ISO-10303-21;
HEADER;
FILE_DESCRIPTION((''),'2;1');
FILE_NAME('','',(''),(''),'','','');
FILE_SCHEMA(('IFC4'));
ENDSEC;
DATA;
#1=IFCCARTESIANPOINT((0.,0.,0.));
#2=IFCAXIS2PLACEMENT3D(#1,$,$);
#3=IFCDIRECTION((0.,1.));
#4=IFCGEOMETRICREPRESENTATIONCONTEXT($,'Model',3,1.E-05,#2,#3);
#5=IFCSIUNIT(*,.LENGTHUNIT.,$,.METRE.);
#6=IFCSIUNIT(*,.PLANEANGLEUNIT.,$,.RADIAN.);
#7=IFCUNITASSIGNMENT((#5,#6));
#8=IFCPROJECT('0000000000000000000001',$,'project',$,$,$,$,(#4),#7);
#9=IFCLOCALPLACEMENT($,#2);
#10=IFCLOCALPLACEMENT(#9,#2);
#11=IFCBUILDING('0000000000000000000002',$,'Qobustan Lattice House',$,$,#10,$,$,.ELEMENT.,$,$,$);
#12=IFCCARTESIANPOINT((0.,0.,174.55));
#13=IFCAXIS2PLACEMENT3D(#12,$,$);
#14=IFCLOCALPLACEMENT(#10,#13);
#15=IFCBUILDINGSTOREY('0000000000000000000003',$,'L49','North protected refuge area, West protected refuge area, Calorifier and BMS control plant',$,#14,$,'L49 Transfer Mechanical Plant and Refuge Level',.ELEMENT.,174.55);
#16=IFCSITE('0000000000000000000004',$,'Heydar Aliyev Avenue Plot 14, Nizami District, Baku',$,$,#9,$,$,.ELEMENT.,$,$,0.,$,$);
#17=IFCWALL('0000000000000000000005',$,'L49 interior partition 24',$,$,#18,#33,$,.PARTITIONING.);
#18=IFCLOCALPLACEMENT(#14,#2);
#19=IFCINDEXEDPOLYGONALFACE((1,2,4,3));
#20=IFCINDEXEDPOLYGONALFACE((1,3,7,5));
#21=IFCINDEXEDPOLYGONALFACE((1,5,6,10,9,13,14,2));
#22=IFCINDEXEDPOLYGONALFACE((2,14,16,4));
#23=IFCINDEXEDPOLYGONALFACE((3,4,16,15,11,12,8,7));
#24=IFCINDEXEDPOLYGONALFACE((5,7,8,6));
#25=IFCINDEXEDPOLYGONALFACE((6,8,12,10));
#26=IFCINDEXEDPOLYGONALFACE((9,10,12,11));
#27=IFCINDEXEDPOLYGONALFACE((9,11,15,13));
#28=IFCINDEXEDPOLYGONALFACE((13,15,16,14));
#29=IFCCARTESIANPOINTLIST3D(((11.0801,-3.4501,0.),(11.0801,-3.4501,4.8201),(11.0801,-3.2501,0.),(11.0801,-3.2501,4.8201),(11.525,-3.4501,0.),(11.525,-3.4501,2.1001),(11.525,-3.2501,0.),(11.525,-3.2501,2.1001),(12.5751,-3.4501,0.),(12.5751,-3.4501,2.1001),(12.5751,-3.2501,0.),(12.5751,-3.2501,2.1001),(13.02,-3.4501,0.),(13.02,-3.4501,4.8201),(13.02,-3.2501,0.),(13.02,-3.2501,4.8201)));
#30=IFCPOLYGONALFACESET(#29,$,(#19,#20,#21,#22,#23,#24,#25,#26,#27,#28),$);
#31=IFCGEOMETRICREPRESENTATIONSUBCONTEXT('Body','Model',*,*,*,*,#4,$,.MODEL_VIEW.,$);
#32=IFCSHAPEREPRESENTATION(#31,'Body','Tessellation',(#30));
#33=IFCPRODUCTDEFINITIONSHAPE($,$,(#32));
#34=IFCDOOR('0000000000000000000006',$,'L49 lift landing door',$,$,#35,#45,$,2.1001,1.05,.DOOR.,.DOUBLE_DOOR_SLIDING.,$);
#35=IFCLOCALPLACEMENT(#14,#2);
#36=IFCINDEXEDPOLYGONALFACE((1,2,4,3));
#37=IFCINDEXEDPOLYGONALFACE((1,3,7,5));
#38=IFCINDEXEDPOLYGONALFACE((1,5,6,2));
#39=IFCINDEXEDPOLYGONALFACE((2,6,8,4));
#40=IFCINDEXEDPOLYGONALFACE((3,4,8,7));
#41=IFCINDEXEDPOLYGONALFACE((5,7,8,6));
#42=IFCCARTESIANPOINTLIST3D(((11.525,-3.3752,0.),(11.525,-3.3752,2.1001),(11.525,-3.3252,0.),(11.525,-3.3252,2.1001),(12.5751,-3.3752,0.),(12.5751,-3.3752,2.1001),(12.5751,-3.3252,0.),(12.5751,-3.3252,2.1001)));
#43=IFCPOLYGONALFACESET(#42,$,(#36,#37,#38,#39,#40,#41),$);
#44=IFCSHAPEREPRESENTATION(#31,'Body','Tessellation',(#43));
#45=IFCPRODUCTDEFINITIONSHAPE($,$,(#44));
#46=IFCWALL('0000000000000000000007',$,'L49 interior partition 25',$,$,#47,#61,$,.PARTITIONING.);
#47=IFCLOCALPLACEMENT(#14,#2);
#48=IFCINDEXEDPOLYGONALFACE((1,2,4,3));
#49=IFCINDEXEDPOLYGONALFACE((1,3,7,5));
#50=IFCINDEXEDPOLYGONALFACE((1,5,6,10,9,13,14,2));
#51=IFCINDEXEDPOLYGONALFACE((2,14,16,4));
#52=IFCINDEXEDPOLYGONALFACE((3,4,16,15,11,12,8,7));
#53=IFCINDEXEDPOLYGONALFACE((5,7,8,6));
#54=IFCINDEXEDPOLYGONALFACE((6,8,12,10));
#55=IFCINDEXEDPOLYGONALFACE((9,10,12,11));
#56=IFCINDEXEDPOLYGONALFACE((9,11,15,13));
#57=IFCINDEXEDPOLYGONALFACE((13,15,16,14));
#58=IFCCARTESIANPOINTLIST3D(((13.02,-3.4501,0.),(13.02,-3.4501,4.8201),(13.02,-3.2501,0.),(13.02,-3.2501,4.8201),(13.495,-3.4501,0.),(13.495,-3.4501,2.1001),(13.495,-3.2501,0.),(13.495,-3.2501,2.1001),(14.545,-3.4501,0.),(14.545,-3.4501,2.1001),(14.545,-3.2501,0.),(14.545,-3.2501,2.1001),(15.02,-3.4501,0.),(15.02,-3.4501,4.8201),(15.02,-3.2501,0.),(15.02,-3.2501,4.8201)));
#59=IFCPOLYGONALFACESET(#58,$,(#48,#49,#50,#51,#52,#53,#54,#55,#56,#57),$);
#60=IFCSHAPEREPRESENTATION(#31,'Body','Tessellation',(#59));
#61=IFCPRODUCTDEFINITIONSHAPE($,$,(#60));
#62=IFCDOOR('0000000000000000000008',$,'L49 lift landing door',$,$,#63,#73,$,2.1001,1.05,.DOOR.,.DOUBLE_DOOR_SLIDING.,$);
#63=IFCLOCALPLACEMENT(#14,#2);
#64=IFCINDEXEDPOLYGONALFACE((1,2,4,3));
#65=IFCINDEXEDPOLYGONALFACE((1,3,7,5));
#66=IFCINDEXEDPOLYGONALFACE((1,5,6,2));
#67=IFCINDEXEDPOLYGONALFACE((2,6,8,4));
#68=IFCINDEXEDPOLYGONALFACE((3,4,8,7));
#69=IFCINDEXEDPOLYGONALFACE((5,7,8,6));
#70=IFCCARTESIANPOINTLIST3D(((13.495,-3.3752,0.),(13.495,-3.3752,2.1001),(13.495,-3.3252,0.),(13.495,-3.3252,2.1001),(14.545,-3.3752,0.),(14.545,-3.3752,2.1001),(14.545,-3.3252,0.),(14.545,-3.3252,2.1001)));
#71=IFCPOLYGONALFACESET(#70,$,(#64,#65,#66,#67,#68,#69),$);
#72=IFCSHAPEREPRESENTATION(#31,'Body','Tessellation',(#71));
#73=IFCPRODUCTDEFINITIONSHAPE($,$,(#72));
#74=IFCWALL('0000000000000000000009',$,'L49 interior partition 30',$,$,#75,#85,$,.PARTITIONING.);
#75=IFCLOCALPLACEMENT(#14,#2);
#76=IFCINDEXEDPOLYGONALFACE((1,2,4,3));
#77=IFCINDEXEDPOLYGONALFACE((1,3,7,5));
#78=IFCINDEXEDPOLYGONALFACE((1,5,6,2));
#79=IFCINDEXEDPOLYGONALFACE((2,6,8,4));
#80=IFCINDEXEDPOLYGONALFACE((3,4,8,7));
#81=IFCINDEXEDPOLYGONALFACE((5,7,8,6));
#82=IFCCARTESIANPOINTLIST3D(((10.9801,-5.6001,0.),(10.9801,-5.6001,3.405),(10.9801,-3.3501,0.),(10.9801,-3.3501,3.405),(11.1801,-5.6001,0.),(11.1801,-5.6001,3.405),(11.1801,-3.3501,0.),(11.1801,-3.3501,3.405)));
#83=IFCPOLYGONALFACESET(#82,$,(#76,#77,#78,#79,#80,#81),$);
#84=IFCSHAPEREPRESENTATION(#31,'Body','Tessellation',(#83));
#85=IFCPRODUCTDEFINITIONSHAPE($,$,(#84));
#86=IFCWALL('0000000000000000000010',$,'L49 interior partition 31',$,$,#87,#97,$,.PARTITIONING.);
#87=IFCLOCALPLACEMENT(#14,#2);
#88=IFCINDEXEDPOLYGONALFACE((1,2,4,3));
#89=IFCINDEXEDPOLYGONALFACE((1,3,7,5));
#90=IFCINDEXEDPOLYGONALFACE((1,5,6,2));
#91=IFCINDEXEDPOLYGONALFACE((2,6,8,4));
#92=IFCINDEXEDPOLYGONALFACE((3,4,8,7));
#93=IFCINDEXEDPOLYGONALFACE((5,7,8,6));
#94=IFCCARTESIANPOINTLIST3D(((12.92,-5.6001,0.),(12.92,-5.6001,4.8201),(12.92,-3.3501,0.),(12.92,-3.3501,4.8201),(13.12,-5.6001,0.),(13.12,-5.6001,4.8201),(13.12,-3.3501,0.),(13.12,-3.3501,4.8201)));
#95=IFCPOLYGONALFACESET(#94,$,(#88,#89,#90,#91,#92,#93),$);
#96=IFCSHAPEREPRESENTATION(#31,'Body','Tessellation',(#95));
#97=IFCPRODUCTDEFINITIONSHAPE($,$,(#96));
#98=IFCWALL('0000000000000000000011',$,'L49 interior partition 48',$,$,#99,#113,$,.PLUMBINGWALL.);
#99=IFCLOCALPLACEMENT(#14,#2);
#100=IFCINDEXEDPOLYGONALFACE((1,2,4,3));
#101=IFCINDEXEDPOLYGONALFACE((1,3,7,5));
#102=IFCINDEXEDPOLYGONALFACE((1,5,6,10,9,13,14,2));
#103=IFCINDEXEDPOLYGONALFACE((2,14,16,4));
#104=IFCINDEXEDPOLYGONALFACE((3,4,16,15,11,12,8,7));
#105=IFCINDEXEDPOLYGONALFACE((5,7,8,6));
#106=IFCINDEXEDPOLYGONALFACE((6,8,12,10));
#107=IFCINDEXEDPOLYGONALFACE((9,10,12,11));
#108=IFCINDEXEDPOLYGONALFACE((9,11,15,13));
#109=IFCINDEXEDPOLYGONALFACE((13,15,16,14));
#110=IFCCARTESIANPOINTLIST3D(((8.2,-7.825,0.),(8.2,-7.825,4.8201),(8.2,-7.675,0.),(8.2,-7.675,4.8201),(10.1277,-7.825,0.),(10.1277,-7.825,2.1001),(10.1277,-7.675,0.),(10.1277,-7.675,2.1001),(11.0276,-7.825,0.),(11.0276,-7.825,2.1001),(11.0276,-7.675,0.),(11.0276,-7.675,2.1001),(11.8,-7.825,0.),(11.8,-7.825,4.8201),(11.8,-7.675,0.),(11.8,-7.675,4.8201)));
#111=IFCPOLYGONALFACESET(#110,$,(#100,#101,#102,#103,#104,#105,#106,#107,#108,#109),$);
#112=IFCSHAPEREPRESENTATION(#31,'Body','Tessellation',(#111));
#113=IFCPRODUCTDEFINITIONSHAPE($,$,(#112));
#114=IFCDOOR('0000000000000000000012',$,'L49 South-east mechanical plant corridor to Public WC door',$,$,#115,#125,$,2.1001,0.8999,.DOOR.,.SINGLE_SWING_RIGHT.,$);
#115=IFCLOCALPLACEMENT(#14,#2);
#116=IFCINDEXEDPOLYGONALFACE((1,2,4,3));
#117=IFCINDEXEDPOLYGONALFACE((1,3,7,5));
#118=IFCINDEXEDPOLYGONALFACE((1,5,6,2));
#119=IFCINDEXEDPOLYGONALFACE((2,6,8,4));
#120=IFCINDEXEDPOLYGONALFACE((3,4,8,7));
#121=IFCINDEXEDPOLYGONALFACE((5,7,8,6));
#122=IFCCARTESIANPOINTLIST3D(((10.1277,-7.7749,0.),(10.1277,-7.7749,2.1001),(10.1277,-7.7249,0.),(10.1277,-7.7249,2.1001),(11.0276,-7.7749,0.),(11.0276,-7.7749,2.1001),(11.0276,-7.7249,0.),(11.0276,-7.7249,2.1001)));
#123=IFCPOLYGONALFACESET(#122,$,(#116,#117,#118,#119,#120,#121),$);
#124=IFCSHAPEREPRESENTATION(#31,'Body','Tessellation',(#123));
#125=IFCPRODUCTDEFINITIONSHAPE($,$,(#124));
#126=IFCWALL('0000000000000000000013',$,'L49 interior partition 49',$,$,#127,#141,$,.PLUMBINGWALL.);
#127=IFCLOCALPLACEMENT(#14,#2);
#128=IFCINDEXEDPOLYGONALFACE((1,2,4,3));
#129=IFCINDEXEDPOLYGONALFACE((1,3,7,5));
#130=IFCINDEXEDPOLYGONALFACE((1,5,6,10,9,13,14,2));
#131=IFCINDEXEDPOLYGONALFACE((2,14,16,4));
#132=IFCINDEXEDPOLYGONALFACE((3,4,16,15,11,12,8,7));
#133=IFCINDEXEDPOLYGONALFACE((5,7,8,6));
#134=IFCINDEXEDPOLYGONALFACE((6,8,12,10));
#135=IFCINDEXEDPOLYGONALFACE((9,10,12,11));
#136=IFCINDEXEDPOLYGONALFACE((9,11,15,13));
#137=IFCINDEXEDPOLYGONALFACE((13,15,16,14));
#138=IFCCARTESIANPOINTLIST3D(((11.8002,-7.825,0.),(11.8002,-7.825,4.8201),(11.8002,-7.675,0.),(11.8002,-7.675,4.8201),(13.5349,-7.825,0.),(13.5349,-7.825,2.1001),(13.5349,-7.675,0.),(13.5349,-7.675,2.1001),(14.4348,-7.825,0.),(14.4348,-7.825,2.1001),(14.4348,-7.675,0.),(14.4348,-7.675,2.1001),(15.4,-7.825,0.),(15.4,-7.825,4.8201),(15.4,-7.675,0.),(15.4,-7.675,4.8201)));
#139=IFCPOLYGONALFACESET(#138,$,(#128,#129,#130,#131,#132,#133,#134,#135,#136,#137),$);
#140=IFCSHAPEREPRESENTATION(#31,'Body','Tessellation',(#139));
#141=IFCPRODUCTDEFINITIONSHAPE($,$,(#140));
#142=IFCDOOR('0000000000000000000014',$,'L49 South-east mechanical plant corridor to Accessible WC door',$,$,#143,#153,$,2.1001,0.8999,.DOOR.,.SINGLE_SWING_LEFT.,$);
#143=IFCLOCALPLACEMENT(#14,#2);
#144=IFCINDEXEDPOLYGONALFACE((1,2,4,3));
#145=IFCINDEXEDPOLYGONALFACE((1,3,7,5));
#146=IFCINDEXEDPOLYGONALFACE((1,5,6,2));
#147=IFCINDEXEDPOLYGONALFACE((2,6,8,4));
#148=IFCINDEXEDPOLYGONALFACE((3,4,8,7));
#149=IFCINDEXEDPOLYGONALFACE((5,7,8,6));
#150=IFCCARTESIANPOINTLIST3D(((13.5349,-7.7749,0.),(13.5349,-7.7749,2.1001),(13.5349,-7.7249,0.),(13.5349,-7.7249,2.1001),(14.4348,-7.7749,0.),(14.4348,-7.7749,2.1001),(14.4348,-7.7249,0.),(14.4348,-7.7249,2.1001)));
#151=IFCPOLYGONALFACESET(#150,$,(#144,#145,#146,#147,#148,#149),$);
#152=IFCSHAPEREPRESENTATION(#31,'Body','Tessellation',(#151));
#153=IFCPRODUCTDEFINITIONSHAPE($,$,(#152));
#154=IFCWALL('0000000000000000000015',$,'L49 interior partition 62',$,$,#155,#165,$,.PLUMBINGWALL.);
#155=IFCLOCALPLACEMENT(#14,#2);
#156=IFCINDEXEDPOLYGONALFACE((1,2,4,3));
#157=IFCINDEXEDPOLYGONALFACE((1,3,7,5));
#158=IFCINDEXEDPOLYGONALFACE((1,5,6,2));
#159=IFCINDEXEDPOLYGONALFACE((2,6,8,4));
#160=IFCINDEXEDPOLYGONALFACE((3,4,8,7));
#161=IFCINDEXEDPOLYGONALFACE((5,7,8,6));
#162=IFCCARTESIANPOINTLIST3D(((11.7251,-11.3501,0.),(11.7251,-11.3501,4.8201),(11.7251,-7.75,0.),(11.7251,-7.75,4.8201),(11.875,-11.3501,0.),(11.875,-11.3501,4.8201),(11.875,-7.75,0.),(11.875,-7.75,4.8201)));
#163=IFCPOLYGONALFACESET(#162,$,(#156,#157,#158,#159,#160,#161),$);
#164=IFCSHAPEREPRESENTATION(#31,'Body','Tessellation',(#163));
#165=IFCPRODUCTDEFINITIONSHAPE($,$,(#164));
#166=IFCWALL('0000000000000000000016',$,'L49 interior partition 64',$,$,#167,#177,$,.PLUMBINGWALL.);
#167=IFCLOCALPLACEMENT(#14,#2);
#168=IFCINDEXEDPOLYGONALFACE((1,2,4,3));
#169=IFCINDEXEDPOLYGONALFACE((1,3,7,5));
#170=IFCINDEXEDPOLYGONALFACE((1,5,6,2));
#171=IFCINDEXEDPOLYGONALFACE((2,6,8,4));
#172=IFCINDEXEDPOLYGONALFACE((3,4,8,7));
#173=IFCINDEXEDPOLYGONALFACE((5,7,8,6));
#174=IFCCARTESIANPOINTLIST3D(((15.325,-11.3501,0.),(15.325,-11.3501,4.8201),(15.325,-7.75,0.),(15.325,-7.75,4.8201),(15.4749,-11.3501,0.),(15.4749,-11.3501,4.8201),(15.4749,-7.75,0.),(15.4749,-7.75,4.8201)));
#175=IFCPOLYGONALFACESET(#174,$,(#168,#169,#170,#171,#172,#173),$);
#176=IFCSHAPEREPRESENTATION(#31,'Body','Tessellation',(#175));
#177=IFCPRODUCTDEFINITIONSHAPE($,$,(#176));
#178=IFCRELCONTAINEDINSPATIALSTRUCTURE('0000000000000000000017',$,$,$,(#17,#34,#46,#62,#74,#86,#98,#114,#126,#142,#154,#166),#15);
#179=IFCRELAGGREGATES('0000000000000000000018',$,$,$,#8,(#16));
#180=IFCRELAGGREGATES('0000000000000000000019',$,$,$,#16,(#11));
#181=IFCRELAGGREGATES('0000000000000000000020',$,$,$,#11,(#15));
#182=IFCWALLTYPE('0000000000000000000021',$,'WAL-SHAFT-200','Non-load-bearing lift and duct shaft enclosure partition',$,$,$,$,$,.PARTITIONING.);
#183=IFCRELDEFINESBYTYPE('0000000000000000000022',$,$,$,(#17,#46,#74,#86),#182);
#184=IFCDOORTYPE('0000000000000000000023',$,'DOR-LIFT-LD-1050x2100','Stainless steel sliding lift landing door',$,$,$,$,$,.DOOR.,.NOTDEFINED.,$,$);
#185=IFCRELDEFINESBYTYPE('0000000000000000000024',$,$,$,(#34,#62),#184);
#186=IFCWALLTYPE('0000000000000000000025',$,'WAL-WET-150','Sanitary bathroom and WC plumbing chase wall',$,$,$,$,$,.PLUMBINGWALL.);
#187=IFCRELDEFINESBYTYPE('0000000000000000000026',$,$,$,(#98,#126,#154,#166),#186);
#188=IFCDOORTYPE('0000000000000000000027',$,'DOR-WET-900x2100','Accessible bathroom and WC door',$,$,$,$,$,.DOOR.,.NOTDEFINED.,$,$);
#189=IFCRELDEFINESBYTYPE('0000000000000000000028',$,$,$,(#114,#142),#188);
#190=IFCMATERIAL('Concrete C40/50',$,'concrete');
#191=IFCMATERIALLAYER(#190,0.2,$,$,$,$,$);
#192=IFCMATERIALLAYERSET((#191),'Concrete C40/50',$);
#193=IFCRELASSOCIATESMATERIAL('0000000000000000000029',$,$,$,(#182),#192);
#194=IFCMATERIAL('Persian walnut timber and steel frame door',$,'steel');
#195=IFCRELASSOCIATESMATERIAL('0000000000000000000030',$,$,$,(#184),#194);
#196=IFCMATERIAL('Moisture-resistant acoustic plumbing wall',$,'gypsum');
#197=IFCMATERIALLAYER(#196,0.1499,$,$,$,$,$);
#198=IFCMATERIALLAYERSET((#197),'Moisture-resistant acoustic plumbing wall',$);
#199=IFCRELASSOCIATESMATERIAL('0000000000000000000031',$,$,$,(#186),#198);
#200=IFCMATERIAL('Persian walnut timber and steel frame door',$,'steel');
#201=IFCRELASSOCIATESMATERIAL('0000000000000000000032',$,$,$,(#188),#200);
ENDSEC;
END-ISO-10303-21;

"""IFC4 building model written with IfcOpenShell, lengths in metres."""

from ifc_helpers import new_model, si_unit, direction, frame, frame_2d, origin, place, context, subcontext, project, spatial, rectangle, extrude, material, layer, layer_set, type_object, element, fill, save


model = new_model("IFC4")

# Units and contexts
model_context = context("Model", 3, precision=1e-05, world=origin(), true_north=direction((0.0, 1.0)))
body_context = subcontext(model_context, "Body", "Model", "MODEL_VIEW")
ifc_project = project(units=[si_unit("LENGTHUNIT", "METRE"), si_unit("PLANEANGLEUNIT", "RADIAN")], contexts=[model_context])

# Site, building, storey
site_placement = place(None, origin())
site = spatial("IfcSite", under=ifc_project, at=site_placement, Name="Heydar Aliyev Avenue Plot 14, Nizami District, Baku", CompositionType="ELEMENT", RefElevation=0.0)
building_placement = place(site_placement, origin())
building = spatial("IfcBuilding", under=site, at=building_placement, Name="Qobustan Lattice House", CompositionType="ELEMENT")
storey_placement = place(building_placement, frame((0.0, 0.0, 174.55)))
storey = spatial("IfcBuildingStorey", under=building, at=storey_placement, Name="L49", Description="North protected refuge area, West protected refuge area, Calorifier and BMS control plant", LongName="L49 Transfer Mechanical Plant and Refuge Level", CompositionType="ELEMENT", Elevation=174.55)

# Walls, openings, doors
ifc_material_1 = material(Name="Concrete C40/50", Category="concrete")
ifc_layer_1 = layer(ifc_material_1, 0.2)
ifc_layer_set_1 = layer_set([ifc_layer_1], Name="Concrete C40/50")
wall_type_1 = type_object("IfcWallType", Name="WAL-SHAFT-200", Description="Non-load-bearing lift and duct shaft enclosure partition", PredefinedType="PARTITIONING", material=ifc_layer_set_1)
wall_1_placement = place(storey_placement, frame((11.0801, -3.3501, 0.0), z_axis=(0.0, 0.0, 1.0), x_axis=(1.0, 0.0, 0.0)))
wall_1 = element("IfcWall", 1, at=wall_1_placement, inside=storey, type_object=wall_type_1, Name="L49 interior partition 24", PredefinedType="PARTITIONING", context=body_context, shape_type="SweptSolid", body=[
    extrude(rectangle(XDim=1.9399, YDim=0.2, at=frame_2d((0.97, 0.0))), origin(), (0.0, 0.0, 1.0), 4.8201),
])
opening_1_placement = place(wall_1_placement, frame((0.4451, 0.0, 0.0)))
opening_1 = element("IfcOpeningElement", 2, at=opening_1_placement, cuts=wall_1, PredefinedType="OPENING", context=body_context, shape_type="SweptSolid", body=[
    extrude(rectangle(XDim=1.05, YDim=2.1001, at=frame_2d((0.5249, 1.05))), frame((0.0, 0.1099, 0.0), z_axis=(0.0, -1.0, 0.0), x_axis=(1.0, 0.0, 0.0)), (0.0, 0.0, 1.0), 0.22),
])
ifc_material_2 = material(Name="Persian walnut timber and steel frame door", Category="steel")
door_type_1 = type_object("IfcDoorType", Name="DOR-LIFT-LD-1050x2100", Description="Stainless steel sliding lift landing door", OperationType="NOTDEFINED", PredefinedType="DOOR", material=ifc_material_2)
door_1_placement = place(opening_1_placement, origin())
door_1 = element("IfcDoor", 3, at=door_1_placement, inside=storey, type_object=door_type_1, Name="L49 lift landing door", OperationType="DOUBLE_DOOR_SLIDING", OverallHeight=2.1001, OverallWidth=1.05, PredefinedType="DOOR", context=body_context, shape_type="SweptSolid", body=[
    extrude(rectangle(XDim=1.05, YDim=2.1001, at=frame_2d((0.5249, 1.05))), frame((0.0, 0.0249, 0.0), z_axis=(0.0, -1.0, 0.0), x_axis=(1.0, 0.0, 0.0)), (0.0, 0.0, 1.0), 0.05),
])
fill(opening_1, door_1)
wall_2_placement = place(storey_placement, frame((13.02, -3.3501, 0.0), z_axis=(0.0, 0.0, 1.0), x_axis=(1.0, 0.0, 0.0)))
wall_2 = element("IfcWall", 4, at=wall_2_placement, inside=storey, type_object=wall_type_1, Name="L49 interior partition 25", PredefinedType="PARTITIONING", context=body_context, shape_type="SweptSolid", body=[
    extrude(rectangle(XDim=2.0, YDim=0.2, at=frame_2d((1.0, 0.0))), origin(), (0.0, 0.0, 1.0), 4.8201),
])
opening_2_placement = place(wall_2_placement, frame((0.4751, 0.0, 0.0)))
opening_2 = element("IfcOpeningElement", 5, at=opening_2_placement, cuts=wall_2, PredefinedType="OPENING", context=body_context, shape_type="SweptSolid", body=[
    extrude(rectangle(XDim=1.05, YDim=2.1001, at=frame_2d((0.5249, 1.05))), frame((0.0, 0.1099, 0.0), z_axis=(0.0, -1.0, 0.0), x_axis=(1.0, 0.0, 0.0)), (0.0, 0.0, 1.0), 0.22),
])
door_2_placement = place(opening_2_placement, origin())
door_2 = element("IfcDoor", 6, at=door_2_placement, inside=storey, type_object=door_type_1, Name="L49 lift landing door", OperationType="DOUBLE_DOOR_SLIDING", OverallHeight=2.1001, OverallWidth=1.05, PredefinedType="DOOR", context=body_context, shape_type="SweptSolid", body=[
    extrude(rectangle(XDim=1.05, YDim=2.1001, at=frame_2d((0.5249, 1.05))), frame((0.0, 0.0249, 0.0), z_axis=(0.0, -1.0, 0.0), x_axis=(1.0, 0.0, 0.0)), (0.0, 0.0, 1.0), 0.05),
])
fill(opening_2, door_2)

# Walls
wall_3_placement = place(storey_placement, frame((11.0801, -5.6001, 0.0), z_axis=(0.0, 0.0, 1.0), x_axis=(0.0, 1.0, 0.0)))
element("IfcWall", 7, at=wall_3_placement, inside=storey, type_object=wall_type_1, Name="L49 interior partition 30", PredefinedType="PARTITIONING", context=body_context, shape_type="SweptSolid", body=[
    extrude(rectangle(XDim=2.25, YDim=0.2, at=frame_2d((1.125, 0.0))), origin(), (0.0, 0.0, 1.0), 3.405),
])
wall_4_placement = place(storey_placement, frame((13.02, -5.6001, 0.0), z_axis=(0.0, 0.0, 1.0), x_axis=(0.0, 1.0, 0.0)))
element("IfcWall", 8, at=wall_4_placement, inside=storey, type_object=wall_type_1, Name="L49 interior partition 31", PredefinedType="PARTITIONING", context=body_context, shape_type="SweptSolid", body=[
    extrude(rectangle(XDim=2.25, YDim=0.2, at=frame_2d((1.125, 0.0))), origin(), (0.0, 0.0, 1.0), 4.8201),
])

# Walls, openings, doors
ifc_material_3 = material(Name="Moisture-resistant acoustic plumbing wall", Category="gypsum")
ifc_layer_2 = layer(ifc_material_3, 0.1499)
ifc_layer_set_2 = layer_set([ifc_layer_2], Name="Moisture-resistant acoustic plumbing wall")
wall_type_2 = type_object("IfcWallType", Name="WAL-WET-150", Description="Sanitary bathroom and WC plumbing chase wall", PredefinedType="PLUMBINGWALL", material=ifc_layer_set_2)
wall_5_placement = place(storey_placement, frame((11.8, -7.75, 0.0), z_axis=(0.0, 0.0, 1.0), x_axis=(-1.0, 0.0, 0.0)))
wall_5 = element("IfcWall", 9, at=wall_5_placement, inside=storey, type_object=wall_type_2, Name="L49 interior partition 48", PredefinedType="PLUMBINGWALL", context=body_context, shape_type="SweptSolid", body=[
    extrude(rectangle(XDim=3.6001, YDim=0.1499, at=frame_2d((1.8, 0.0))), origin(), (0.0, 0.0, 1.0), 4.8201),
])
opening_3_placement = place(wall_5_placement, frame((0.7725, 0.0, 0.0)))
opening_3 = element("IfcOpeningElement", 10, at=opening_3_placement, cuts=wall_5, PredefinedType="OPENING", context=body_context, shape_type="SweptSolid", body=[
    extrude(rectangle(XDim=0.8999, YDim=2.1001, at=frame_2d((0.45, 1.05))), frame((0.0, 0.085, 0.0), z_axis=(0.0, -1.0, 0.0), x_axis=(1.0, 0.0, 0.0)), (0.0, 0.0, 1.0), 0.1699),
])
ifc_material_4 = material(Name="Persian walnut timber and steel frame door", Category="steel")
door_type_2 = type_object("IfcDoorType", Name="DOR-WET-900x2100", Description="Accessible bathroom and WC door", OperationType="NOTDEFINED", PredefinedType="DOOR", material=ifc_material_4)
door_3_placement = place(opening_3_placement, origin())
door_3 = element("IfcDoor", 11, at=door_3_placement, inside=storey, type_object=door_type_2, Name="L49 South-east mechanical plant corridor to Public WC door", OperationType="SINGLE_SWING_RIGHT", OverallHeight=2.1001, OverallWidth=0.8999, PredefinedType="DOOR", context=body_context, shape_type="SweptSolid", body=[
    extrude(rectangle(XDim=0.8999, YDim=2.1001, at=frame_2d((0.45, 1.05))), frame((0.0, 0.0249, 0.0), z_axis=(0.0, -1.0, 0.0), x_axis=(1.0, 0.0, 0.0)), (0.0, 0.0, 1.0), 0.05),
])
fill(opening_3, door_3)
wall_6_placement = place(storey_placement, frame((15.3999, -7.75, 0.0), z_axis=(0.0, 0.0, 1.0), x_axis=(-1.0, 0.0, 0.0)))
wall_6 = element("IfcWall", 12, at=wall_6_placement, inside=storey, type_object=wall_type_2, Name="L49 interior partition 49", PredefinedType="PLUMBINGWALL", context=body_context, shape_type="SweptSolid", body=[
    extrude(rectangle(XDim=3.5999, YDim=0.1499, at=frame_2d((1.7998, 0.0))), origin(), (0.0, 0.0, 1.0), 4.8201),
])
opening_4_placement = place(wall_6_placement, frame((0.9651, 0.0, 0.0)))
opening_4 = element("IfcOpeningElement", 13, at=opening_4_placement, cuts=wall_6, PredefinedType="OPENING", context=body_context, shape_type="SweptSolid", body=[
    extrude(rectangle(XDim=0.8999, YDim=2.1001, at=frame_2d((0.45, 1.05))), frame((0.0, 0.085, 0.0), z_axis=(0.0, -1.0, 0.0), x_axis=(1.0, 0.0, 0.0)), (0.0, 0.0, 1.0), 0.1699),
])
door_4_placement = place(opening_4_placement, origin())
door_4 = element("IfcDoor", 14, at=door_4_placement, inside=storey, type_object=door_type_2, Name="L49 South-east mechanical plant corridor to Accessible WC door", OperationType="SINGLE_SWING_LEFT", OverallHeight=2.1001, OverallWidth=0.8999, PredefinedType="DOOR", context=body_context, shape_type="SweptSolid", body=[
    extrude(rectangle(XDim=0.8999, YDim=2.1001, at=frame_2d((0.45, 1.05))), frame((0.0, 0.0249, 0.0), z_axis=(0.0, -1.0, 0.0), x_axis=(1.0, 0.0, 0.0)), (0.0, 0.0, 1.0), 0.05),
])
fill(opening_4, door_4)

# Walls
for number, where, z_axis, x_axis, name in (
    (15, (11.8, -7.75, 0.0), (0.0, 0.0, 1.0), (0.0, -1.0, 0.0), "L49 interior partition 62"),
    (16, (15.3999, -7.75, 0.0), (0.0, 0.0, 1.0), (0.0, -1.0, 0.0), "L49 interior partition 64"),
):
    element("IfcWall", number, at=place(storey_placement, frame(where, z_axis=z_axis, x_axis=x_axis)), inside=storey, type_object=wall_type_2, Name=name, PredefinedType="PLUMBINGWALL", context=body_context, shape_type="SweptSolid", body=[
        extrude(rectangle(XDim=3.6001, YDim=0.1499, at=frame_2d((1.8, 0.0))), origin(), (0.0, 0.0, 1.0), 4.8201),
    ])

save(model, "model.ifc")
